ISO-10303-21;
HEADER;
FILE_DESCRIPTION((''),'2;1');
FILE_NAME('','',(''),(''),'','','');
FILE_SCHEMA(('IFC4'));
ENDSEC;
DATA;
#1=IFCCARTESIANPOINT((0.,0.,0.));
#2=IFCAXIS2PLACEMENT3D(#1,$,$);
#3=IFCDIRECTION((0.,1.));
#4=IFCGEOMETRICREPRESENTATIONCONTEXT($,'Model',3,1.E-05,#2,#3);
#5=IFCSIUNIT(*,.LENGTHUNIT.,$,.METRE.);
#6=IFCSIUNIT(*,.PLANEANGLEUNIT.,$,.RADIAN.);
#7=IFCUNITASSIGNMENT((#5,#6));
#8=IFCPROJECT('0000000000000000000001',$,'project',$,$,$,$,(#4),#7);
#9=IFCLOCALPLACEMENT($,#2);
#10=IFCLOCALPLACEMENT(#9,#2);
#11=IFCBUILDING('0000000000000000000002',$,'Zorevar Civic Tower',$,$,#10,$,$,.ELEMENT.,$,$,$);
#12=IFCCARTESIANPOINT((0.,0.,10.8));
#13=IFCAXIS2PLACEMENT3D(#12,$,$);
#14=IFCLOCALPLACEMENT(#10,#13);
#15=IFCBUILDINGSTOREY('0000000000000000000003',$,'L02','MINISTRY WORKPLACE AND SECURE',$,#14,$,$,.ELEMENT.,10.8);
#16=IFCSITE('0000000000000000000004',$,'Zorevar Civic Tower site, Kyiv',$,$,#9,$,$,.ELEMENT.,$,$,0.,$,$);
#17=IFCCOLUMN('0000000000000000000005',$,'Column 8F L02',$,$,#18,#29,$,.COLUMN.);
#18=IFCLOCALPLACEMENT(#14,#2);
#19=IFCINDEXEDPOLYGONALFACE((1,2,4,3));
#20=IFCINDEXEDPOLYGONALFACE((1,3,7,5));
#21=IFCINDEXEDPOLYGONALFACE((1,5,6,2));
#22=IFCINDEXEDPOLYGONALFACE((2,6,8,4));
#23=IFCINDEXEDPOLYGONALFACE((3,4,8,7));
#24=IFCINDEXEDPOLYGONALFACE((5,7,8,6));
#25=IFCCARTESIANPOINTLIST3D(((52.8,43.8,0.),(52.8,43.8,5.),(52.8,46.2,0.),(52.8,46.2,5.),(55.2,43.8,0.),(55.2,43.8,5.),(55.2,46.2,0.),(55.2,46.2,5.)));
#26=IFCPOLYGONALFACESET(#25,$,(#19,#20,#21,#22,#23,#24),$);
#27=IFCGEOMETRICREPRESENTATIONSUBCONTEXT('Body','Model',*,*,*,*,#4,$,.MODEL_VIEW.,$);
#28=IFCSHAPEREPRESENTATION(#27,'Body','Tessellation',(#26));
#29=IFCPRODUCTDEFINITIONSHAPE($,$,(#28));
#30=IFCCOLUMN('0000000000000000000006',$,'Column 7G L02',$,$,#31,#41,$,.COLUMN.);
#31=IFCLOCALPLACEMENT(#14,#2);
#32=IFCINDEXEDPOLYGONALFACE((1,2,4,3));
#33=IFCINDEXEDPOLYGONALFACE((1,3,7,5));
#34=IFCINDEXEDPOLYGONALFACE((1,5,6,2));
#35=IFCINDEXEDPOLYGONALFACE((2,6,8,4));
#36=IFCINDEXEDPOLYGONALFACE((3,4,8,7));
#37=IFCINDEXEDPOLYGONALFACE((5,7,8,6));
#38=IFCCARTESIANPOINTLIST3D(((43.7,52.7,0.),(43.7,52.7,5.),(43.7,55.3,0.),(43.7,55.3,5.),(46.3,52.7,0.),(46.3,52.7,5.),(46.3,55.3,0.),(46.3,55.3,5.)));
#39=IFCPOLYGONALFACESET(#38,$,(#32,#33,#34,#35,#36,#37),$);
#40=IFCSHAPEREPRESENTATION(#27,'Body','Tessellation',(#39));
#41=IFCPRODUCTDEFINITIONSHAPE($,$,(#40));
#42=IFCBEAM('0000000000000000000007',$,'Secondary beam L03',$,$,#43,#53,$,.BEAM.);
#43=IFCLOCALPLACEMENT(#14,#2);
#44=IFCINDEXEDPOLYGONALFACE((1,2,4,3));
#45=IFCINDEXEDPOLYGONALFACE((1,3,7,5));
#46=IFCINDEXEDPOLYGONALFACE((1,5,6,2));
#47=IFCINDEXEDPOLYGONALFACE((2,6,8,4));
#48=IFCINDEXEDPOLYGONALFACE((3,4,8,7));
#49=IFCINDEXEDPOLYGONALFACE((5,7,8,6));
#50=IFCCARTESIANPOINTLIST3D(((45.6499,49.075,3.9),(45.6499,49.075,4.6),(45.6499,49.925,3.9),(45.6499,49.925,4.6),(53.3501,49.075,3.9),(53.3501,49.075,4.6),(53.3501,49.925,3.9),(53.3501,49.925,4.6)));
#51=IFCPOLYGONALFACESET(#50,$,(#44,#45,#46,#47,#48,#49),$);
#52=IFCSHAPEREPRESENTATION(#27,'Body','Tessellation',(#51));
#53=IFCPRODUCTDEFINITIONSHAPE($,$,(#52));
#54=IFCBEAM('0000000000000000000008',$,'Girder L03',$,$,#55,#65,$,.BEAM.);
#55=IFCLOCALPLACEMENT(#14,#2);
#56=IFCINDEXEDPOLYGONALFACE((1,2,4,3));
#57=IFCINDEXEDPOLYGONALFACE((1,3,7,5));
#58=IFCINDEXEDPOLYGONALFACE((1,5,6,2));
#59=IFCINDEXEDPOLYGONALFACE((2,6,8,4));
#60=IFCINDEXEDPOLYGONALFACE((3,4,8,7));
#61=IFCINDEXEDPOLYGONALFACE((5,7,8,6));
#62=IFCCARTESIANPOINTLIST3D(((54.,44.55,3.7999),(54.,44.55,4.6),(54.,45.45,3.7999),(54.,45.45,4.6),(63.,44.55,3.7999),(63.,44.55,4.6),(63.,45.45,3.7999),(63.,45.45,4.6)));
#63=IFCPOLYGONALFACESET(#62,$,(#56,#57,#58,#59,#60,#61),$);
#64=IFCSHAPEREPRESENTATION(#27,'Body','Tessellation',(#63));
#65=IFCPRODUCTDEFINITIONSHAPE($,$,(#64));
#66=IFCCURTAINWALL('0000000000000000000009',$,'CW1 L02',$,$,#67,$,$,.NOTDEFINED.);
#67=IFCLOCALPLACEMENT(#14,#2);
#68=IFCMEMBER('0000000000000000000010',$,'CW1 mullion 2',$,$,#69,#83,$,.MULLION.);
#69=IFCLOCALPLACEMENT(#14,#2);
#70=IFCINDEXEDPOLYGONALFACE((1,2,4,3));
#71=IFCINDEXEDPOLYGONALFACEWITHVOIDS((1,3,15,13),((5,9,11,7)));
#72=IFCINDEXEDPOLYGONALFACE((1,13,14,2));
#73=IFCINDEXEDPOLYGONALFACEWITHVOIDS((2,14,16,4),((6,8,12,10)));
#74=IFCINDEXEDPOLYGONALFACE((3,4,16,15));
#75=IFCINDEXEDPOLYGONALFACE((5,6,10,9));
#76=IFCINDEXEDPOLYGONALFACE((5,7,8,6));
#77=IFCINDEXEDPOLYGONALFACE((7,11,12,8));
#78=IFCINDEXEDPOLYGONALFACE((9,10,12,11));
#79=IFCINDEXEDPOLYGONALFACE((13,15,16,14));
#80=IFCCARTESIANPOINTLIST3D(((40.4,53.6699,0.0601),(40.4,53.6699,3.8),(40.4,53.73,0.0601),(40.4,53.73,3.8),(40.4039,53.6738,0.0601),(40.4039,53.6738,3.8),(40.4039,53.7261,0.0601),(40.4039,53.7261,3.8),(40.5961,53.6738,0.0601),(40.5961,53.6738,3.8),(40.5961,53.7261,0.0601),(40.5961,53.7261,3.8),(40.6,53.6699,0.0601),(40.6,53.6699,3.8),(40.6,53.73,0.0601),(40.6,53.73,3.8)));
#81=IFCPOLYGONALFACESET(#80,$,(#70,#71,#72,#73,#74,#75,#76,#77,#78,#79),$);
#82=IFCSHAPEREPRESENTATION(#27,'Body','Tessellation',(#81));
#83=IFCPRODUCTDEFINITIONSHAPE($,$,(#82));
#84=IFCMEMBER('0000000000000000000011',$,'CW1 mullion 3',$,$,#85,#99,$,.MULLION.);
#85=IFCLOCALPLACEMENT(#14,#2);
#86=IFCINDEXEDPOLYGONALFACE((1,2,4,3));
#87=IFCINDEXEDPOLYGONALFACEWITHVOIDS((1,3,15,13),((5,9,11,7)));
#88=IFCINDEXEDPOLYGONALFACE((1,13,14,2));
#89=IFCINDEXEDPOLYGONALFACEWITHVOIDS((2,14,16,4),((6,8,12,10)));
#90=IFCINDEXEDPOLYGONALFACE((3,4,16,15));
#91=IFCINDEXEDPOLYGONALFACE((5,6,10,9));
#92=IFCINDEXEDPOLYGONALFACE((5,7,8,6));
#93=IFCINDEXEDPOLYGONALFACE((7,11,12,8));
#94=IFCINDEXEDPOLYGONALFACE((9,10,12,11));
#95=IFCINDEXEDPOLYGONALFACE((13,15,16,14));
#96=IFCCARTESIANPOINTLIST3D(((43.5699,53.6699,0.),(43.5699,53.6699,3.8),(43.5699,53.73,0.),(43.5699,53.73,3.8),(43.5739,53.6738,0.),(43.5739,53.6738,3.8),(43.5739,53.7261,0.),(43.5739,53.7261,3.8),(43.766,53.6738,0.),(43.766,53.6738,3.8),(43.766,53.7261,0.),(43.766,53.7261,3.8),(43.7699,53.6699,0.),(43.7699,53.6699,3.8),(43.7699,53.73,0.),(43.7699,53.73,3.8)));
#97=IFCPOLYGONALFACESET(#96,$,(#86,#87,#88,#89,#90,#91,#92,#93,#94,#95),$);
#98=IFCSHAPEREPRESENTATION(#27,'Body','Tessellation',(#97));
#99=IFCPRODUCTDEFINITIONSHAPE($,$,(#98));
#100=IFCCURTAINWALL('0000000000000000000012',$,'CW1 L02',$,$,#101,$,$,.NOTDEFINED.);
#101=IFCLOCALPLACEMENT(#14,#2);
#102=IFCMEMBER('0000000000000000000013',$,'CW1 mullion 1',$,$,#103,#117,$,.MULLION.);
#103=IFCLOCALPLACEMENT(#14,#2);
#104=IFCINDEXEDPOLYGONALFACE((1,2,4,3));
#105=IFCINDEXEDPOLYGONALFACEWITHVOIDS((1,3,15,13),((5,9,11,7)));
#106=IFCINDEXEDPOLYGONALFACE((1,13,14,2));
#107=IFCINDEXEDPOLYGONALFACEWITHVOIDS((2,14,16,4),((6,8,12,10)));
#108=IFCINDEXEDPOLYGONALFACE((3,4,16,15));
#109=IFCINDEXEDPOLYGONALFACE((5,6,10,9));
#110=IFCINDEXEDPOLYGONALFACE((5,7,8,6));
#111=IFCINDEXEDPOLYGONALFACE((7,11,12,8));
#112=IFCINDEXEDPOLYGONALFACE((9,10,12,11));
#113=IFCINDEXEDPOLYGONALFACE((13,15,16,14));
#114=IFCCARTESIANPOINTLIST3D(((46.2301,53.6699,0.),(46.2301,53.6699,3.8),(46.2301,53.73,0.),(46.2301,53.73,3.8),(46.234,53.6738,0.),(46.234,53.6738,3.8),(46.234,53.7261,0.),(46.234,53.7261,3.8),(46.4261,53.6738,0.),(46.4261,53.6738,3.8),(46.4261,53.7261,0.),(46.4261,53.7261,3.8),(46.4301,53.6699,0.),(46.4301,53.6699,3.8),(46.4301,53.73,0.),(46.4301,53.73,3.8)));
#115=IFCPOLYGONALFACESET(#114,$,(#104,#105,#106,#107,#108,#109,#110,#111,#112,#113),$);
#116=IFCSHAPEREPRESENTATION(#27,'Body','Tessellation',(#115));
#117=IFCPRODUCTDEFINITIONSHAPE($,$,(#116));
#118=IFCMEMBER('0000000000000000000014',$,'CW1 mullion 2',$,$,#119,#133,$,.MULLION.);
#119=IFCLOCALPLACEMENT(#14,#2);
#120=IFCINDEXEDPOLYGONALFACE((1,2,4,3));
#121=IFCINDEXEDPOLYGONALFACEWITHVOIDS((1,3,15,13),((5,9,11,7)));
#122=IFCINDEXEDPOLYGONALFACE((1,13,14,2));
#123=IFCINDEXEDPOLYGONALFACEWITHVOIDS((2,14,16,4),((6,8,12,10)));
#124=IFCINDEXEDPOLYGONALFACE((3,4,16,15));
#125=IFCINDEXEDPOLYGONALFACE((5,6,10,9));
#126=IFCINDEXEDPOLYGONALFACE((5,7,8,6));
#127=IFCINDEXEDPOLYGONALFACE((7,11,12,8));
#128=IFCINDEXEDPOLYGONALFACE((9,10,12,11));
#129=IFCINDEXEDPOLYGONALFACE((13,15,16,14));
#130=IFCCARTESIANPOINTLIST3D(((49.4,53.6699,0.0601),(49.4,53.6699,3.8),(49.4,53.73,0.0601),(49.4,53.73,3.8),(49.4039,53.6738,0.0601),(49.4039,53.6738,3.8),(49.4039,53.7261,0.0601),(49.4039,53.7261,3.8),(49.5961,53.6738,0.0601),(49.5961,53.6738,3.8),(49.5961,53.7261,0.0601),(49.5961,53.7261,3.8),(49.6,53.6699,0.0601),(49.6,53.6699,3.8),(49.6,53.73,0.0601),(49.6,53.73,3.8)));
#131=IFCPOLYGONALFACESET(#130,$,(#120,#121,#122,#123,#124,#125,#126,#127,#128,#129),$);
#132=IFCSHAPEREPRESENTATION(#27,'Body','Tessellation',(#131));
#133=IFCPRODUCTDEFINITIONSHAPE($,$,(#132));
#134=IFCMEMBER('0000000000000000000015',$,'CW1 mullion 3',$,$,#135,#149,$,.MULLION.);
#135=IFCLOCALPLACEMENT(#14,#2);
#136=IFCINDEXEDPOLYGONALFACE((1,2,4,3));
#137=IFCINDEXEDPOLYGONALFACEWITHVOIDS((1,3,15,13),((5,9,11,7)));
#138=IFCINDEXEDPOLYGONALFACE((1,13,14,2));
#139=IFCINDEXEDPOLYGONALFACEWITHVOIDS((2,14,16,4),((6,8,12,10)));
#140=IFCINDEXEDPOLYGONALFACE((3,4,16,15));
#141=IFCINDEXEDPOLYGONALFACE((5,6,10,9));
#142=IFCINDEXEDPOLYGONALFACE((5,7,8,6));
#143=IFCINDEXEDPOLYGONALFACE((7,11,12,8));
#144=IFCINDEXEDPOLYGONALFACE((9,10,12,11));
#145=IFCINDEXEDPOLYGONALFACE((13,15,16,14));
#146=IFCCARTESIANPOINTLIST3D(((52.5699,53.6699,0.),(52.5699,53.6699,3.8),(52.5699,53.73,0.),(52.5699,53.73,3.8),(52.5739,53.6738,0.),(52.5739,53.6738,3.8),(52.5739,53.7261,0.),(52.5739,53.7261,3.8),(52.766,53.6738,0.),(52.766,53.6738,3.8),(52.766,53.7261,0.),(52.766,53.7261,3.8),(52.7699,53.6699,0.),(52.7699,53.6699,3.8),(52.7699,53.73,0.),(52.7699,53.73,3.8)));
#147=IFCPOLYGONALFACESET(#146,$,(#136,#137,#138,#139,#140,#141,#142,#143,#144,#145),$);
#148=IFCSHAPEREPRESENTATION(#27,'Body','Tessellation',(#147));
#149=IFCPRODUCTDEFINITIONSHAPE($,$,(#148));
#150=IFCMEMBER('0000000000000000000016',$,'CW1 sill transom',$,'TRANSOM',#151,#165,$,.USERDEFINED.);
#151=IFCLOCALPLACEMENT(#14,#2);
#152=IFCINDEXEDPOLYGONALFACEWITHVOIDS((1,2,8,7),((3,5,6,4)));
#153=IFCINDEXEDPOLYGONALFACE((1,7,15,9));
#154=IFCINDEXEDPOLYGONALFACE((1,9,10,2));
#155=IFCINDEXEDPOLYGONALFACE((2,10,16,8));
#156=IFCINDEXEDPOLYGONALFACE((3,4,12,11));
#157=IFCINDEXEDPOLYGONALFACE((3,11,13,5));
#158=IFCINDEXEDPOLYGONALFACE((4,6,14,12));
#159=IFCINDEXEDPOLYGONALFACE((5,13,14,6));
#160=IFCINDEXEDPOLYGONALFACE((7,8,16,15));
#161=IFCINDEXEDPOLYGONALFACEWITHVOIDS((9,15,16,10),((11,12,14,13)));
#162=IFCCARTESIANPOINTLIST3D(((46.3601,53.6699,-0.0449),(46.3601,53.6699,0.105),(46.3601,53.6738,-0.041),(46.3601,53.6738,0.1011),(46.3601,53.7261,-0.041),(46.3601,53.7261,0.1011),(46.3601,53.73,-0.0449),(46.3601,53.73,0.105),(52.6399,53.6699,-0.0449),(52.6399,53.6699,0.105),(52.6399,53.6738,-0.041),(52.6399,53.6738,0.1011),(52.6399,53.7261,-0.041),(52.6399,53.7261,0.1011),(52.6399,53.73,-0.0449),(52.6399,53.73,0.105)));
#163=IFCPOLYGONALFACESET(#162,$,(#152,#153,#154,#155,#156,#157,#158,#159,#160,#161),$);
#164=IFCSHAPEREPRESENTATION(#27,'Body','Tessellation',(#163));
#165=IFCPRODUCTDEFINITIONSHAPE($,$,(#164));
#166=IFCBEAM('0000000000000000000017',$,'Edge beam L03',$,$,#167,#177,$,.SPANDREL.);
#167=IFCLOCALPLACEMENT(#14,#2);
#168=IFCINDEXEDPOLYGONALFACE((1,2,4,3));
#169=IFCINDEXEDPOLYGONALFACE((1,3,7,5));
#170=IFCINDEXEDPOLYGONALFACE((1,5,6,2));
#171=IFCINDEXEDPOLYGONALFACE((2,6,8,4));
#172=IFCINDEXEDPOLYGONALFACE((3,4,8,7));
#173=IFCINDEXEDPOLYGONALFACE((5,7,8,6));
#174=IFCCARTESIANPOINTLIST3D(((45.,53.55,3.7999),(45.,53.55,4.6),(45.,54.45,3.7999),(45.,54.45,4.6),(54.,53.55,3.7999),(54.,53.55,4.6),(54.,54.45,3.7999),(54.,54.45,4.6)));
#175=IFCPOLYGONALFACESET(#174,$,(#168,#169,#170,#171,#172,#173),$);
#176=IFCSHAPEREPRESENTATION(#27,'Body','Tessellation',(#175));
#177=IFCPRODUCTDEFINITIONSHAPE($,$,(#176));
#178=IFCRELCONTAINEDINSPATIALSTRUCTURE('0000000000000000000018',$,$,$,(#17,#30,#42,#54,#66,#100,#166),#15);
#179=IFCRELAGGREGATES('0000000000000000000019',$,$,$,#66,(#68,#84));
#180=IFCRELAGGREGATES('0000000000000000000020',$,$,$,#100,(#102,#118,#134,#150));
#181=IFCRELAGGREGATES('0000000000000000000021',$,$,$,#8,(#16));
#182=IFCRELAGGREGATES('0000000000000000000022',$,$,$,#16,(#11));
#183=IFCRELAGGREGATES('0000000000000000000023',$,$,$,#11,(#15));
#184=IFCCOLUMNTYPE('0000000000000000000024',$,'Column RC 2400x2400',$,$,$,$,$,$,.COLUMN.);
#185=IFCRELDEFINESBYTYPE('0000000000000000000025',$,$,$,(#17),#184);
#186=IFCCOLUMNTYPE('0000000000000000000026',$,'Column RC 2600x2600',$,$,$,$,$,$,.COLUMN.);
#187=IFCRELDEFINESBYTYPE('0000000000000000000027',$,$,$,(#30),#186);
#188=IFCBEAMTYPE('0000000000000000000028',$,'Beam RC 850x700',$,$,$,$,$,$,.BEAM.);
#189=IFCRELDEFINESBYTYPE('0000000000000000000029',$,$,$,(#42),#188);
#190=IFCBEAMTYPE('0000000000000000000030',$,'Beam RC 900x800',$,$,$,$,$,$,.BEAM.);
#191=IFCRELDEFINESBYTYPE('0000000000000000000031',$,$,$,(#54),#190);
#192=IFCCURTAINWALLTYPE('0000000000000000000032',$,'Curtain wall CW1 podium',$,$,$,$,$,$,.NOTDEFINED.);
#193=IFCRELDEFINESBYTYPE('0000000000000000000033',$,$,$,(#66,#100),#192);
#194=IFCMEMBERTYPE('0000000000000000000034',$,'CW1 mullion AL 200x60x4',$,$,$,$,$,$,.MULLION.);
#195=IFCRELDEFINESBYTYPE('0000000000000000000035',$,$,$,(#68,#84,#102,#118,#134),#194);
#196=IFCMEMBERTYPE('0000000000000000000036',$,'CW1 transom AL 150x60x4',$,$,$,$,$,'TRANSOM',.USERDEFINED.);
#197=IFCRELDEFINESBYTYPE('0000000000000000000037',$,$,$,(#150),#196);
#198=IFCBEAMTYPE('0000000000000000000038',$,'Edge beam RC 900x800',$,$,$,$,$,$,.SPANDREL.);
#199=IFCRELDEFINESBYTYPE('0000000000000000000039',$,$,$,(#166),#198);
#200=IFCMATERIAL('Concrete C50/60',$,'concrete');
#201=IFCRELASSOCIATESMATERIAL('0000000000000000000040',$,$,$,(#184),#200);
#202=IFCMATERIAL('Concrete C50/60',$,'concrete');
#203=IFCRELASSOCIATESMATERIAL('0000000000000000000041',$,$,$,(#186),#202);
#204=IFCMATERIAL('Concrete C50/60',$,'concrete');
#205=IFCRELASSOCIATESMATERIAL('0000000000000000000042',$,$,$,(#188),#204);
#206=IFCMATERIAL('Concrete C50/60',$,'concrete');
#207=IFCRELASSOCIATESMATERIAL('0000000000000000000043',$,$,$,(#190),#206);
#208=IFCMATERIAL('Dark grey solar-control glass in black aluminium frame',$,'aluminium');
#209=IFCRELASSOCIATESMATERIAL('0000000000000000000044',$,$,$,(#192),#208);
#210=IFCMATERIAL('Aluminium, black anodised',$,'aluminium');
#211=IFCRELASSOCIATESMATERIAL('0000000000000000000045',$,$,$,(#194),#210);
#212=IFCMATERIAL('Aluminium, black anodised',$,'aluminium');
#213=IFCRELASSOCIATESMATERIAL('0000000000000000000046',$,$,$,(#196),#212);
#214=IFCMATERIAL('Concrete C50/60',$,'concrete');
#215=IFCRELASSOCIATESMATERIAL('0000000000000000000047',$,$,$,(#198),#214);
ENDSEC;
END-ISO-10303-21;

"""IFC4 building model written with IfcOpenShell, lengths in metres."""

from ifc_helpers import new_model, si_unit, direction, frame, origin, origin_2d, place, context, subcontext, project, spatial, rectangle, hollow_rectangle, extrude, material, material_profile, profile_set, type_object, element, aggregate, save


model = new_model("IFC4")

# Units and contexts
model_context = context("Model", 3, precision=1e-05, world=origin(), true_north=direction((0.0, 1.0)))
body_context = subcontext(model_context, "Body", "Model", "MODEL_VIEW")
ifc_project = project(units=[si_unit("LENGTHUNIT", "METRE"), si_unit("PLANEANGLEUNIT", "RADIAN")], contexts=[model_context])

# Site, building, storey
site_placement = place(None, origin())
site = spatial("IfcSite", under=ifc_project, at=site_placement, Name="Zorevar Civic Tower site, Kyiv", CompositionType="ELEMENT", RefElevation=0.0)
building_placement = place(site_placement, origin())
building = spatial("IfcBuilding", under=site, at=building_placement, Name="Zorevar Civic Tower", CompositionType="ELEMENT")
storey_placement = place(building_placement, frame((0.0, 0.0, 10.8)))
storey = spatial("IfcBuildingStorey", under=building, at=storey_placement, Name="L02", Description="MINISTRY WORKPLACE AND SECURE", CompositionType="ELEMENT", Elevation=10.8)

# Columns
ifc_material_1 = material(Name="Concrete C50/60", Category="concrete")
ifc_material_profile_1 = material_profile(ifc_material_1, rectangle(XDim=2.3999, YDim=2.3999, at=origin_2d()), Name="RC 2400x2400")
ifc_profile_set_1 = profile_set([ifc_material_profile_1], Name="Concrete C50/60")
column_type_1 = type_object("IfcColumnType", Name="Column RC 2400x2400", PredefinedType="COLUMN", material=ifc_profile_set_1)
column_1_placement = place(storey_placement, frame((54.0, 45.0, 0.0), z_axis=(0.0, 0.0, 1.0), x_axis=(1.0, 0.0, 0.0)))
element("IfcColumn", 1, at=column_1_placement, inside=storey, type_object=column_type_1, Name="Column 8F L02", PredefinedType="COLUMN", context=body_context, shape_type="SweptSolid", body=[
    extrude(rectangle(XDim=2.3999, YDim=2.3999, at=origin_2d()), origin(), (0.0, 0.0, 1.0), 5.0),
])
ifc_material_2 = material(Name="Concrete C50/60", Category="concrete")
ifc_material_profile_2 = material_profile(ifc_material_2, rectangle(XDim=2.6001, YDim=2.6001, at=origin_2d()), Name="RC 2600x2600")
ifc_profile_set_2 = profile_set([ifc_material_profile_2], Name="Concrete C50/60")
column_type_2 = type_object("IfcColumnType", Name="Column RC 2600x2600", PredefinedType="COLUMN", material=ifc_profile_set_2)
column_2_placement = place(storey_placement, frame((45.0, 54.0, 0.0), z_axis=(0.0, 0.0, 1.0), x_axis=(1.0, 0.0, 0.0)))
element("IfcColumn", 2, at=column_2_placement, inside=storey, type_object=column_type_2, Name="Column 7G L02", PredefinedType="COLUMN", context=body_context, shape_type="SweptSolid", body=[
    extrude(rectangle(XDim=2.6001, YDim=2.6001, at=origin_2d()), origin(), (0.0, 0.0, 1.0), 5.0),
])

# Beams
ifc_material_3 = material(Name="Concrete C50/60", Category="concrete")
ifc_material_profile_3 = material_profile(ifc_material_3, rectangle(XDim=0.8501, YDim=0.7, at=origin_2d()), Name="RC 850x700")
ifc_profile_set_3 = profile_set([ifc_material_profile_3], Name="Concrete C50/60")
beam_type_1 = type_object("IfcBeamType", Name="Beam RC 850x700", PredefinedType="BEAM", material=ifc_profile_set_3)
beam_1_placement = place(storey_placement, frame((45.6499, 49.5, 4.25), z_axis=(1.0, 0.0, 0.0), x_axis=(0.0, 1.0, 0.0)))
element("IfcBeam", 3, at=beam_1_placement, inside=storey, type_object=beam_type_1, Name="Secondary beam L03", PredefinedType="BEAM", context=body_context, shape_type="SweptSolid", body=[
    extrude(rectangle(XDim=0.8501, YDim=0.7, at=origin_2d()), origin(), (0.0, 0.0, 1.0), 7.7002),
])
ifc_material_4 = material(Name="Concrete C50/60", Category="concrete")
ifc_material_profile_4 = material_profile(ifc_material_4, rectangle(XDim=0.8999, YDim=0.8, at=origin_2d()), Name="RC 900x800")
ifc_profile_set_4 = profile_set([ifc_material_profile_4], Name="Concrete C50/60")
beam_type_2 = type_object("IfcBeamType", Name="Beam RC 900x800", PredefinedType="BEAM", material=ifc_profile_set_4)
beam_2_placement = place(storey_placement, frame((54.0, 45.0, 4.2), z_axis=(1.0, 0.0, 0.0), x_axis=(0.0, 1.0, 0.0)))
element("IfcBeam", 4, at=beam_2_placement, inside=storey, type_object=beam_type_2, Name="Girder L03", PredefinedType="BEAM", context=body_context, shape_type="SweptSolid", body=[
    extrude(rectangle(XDim=0.8999, YDim=0.8, at=origin_2d()), origin(), (0.0, 0.0, 1.0), 9.0),
])

# Curtain walls, members
ifc_material_5 = material(Name="Dark grey solar-control glass in black aluminium frame", Category="aluminium")
curtain_wall_type = type_object("IfcCurtainWallType", Name="Curtain wall CW1 podium", PredefinedType="NOTDEFINED", material=ifc_material_5)
curtain_wall_1_placement = place(storey_placement, origin())
curtain_wall_1 = element("IfcCurtainWall", 5, at=curtain_wall_1_placement, inside=storey, type_object=curtain_wall_type, Name="CW1 L02", PredefinedType="NOTDEFINED")
ifc_material_6 = material(Name="Aluminium, black anodised", Category="aluminium")
ifc_material_profile_5 = material_profile(ifc_material_6, hollow_rectangle(XDim=0.0601, YDim=0.2, WallThickness=0.0039, at=origin_2d()), Name="AL 200x60x4")
ifc_profile_set_5 = profile_set([ifc_material_profile_5], Name="Aluminium, black anodised")
member_type_1 = type_object("IfcMemberType", Name="CW1 mullion AL 200x60x4", PredefinedType="MULLION", material=ifc_profile_set_5)
member_1_placement = place(storey_placement, frame((40.5, 53.7, 0.0601), z_axis=(0.0, 0.0, 1.0), x_axis=(0.0, 1.0, 0.0)))
member_1 = element("IfcMember", 6, at=member_1_placement, type_object=member_type_1, Name="CW1 mullion 2", PredefinedType="MULLION", context=body_context, shape_type="SweptSolid", body=[
    extrude(hollow_rectangle(XDim=0.0601, YDim=0.2, WallThickness=0.0039, at=origin_2d()), origin(), (0.0, 0.0, 1.0), 3.74),
])
member_2_placement = place(storey_placement, frame((43.6699, 53.7, 0.0), z_axis=(0.0, 0.0, 1.0), x_axis=(0.0, 1.0, 0.0)))
member_2 = element("IfcMember", 7, at=member_2_placement, type_object=member_type_1, Name="CW1 mullion 3", PredefinedType="MULLION", context=body_context, shape_type="SweptSolid", body=[
    extrude(hollow_rectangle(XDim=0.0601, YDim=0.2, WallThickness=0.0039, at=origin_2d()), origin(), (0.0, 0.0, 1.0), 3.8),
])
curtain_wall_2_placement = place(storey_placement, origin())
curtain_wall_2 = element("IfcCurtainWall", 8, at=curtain_wall_2_placement, inside=storey, type_object=curtain_wall_type, Name="CW1 L02", PredefinedType="NOTDEFINED")
member_3_placement = place(storey_placement, frame((46.3301, 53.7, 0.0), z_axis=(0.0, 0.0, 1.0), x_axis=(0.0, 1.0, 0.0)))
member_3 = element("IfcMember", 9, at=member_3_placement, type_object=member_type_1, Name="CW1 mullion 1", PredefinedType="MULLION", context=body_context, shape_type="SweptSolid", body=[
    extrude(hollow_rectangle(XDim=0.0601, YDim=0.2, WallThickness=0.0039, at=origin_2d()), origin(), (0.0, 0.0, 1.0), 3.8),
])
member_4_placement = place(storey_placement, frame((49.5, 53.7, 0.0601), z_axis=(0.0, 0.0, 1.0), x_axis=(0.0, 1.0, 0.0)))
member_4 = element("IfcMember", 10, at=member_4_placement, type_object=member_type_1, Name="CW1 mullion 2", PredefinedType="MULLION", context=body_context, shape_type="SweptSolid", body=[
    extrude(hollow_rectangle(XDim=0.0601, YDim=0.2, WallThickness=0.0039, at=origin_2d()), origin(), (0.0, 0.0, 1.0), 3.74),
])
member_5_placement = place(storey_placement, frame((52.6699, 53.7, 0.0), z_axis=(0.0, 0.0, 1.0), x_axis=(0.0, 1.0, 0.0)))
member_5 = element("IfcMember", 11, at=member_5_placement, type_object=member_type_1, Name="CW1 mullion 3", PredefinedType="MULLION", context=body_context, shape_type="SweptSolid", body=[
    extrude(hollow_rectangle(XDim=0.0601, YDim=0.2, WallThickness=0.0039, at=origin_2d()), origin(), (0.0, 0.0, 1.0), 3.8),
])
ifc_material_7 = material(Name="Aluminium, black anodised", Category="aluminium")
ifc_material_profile_6 = material_profile(ifc_material_7, hollow_rectangle(XDim=0.0601, YDim=0.1499, WallThickness=0.0039, at=origin_2d()), Name="AL 150x60x4")
ifc_profile_set_6 = profile_set([ifc_material_profile_6], Name="Aluminium, black anodised")
member_type_2 = type_object("IfcMemberType", Name="CW1 transom AL 150x60x4", ElementType="TRANSOM", PredefinedType="USERDEFINED", material=ifc_profile_set_6)
member_6_placement = place(storey_placement, frame((46.3601, 53.7, 0.03), z_axis=(1.0, 0.0, 0.0), x_axis=(0.0, 1.0, 0.0)))
member_6 = element("IfcMember", 12, at=member_6_placement, type_object=member_type_2, Name="CW1 sill transom", ObjectType="TRANSOM", PredefinedType="USERDEFINED", context=body_context, shape_type="SweptSolid", body=[
    extrude(hollow_rectangle(XDim=0.0601, YDim=0.1499, WallThickness=0.0039, at=origin_2d()), origin(), (0.0, 0.0, 1.0), 6.2798),
])

# Beam
ifc_material_8 = material(Name="Concrete C50/60", Category="concrete")
ifc_material_profile_7 = material_profile(ifc_material_8, rectangle(XDim=0.8999, YDim=0.8, at=origin_2d()), Name="RC 900x800")
ifc_profile_set_7 = profile_set([ifc_material_profile_7], Name="Concrete C50/60")
beam_type_3 = type_object("IfcBeamType", Name="Edge beam RC 900x800", PredefinedType="SPANDREL", material=ifc_profile_set_7)
beam_3_placement = place(storey_placement, frame((45.0, 54.0, 4.2), z_axis=(1.0, 0.0, 0.0), x_axis=(0.0, 1.0, 0.0)))
element("IfcBeam", 13, at=beam_3_placement, inside=storey, type_object=beam_type_3, Name="Edge beam L03", PredefinedType="SPANDREL", context=body_context, shape_type="SweptSolid", body=[
    extrude(rectangle(XDim=0.8999, YDim=0.8, at=origin_2d()), origin(), (0.0, 0.0, 1.0), 9.0),
])

aggregate(curtain_wall_1, [member_1, member_2])
aggregate(curtain_wall_2, [member_3, member_4, member_5, member_6])

save(model, "model.ifc")
